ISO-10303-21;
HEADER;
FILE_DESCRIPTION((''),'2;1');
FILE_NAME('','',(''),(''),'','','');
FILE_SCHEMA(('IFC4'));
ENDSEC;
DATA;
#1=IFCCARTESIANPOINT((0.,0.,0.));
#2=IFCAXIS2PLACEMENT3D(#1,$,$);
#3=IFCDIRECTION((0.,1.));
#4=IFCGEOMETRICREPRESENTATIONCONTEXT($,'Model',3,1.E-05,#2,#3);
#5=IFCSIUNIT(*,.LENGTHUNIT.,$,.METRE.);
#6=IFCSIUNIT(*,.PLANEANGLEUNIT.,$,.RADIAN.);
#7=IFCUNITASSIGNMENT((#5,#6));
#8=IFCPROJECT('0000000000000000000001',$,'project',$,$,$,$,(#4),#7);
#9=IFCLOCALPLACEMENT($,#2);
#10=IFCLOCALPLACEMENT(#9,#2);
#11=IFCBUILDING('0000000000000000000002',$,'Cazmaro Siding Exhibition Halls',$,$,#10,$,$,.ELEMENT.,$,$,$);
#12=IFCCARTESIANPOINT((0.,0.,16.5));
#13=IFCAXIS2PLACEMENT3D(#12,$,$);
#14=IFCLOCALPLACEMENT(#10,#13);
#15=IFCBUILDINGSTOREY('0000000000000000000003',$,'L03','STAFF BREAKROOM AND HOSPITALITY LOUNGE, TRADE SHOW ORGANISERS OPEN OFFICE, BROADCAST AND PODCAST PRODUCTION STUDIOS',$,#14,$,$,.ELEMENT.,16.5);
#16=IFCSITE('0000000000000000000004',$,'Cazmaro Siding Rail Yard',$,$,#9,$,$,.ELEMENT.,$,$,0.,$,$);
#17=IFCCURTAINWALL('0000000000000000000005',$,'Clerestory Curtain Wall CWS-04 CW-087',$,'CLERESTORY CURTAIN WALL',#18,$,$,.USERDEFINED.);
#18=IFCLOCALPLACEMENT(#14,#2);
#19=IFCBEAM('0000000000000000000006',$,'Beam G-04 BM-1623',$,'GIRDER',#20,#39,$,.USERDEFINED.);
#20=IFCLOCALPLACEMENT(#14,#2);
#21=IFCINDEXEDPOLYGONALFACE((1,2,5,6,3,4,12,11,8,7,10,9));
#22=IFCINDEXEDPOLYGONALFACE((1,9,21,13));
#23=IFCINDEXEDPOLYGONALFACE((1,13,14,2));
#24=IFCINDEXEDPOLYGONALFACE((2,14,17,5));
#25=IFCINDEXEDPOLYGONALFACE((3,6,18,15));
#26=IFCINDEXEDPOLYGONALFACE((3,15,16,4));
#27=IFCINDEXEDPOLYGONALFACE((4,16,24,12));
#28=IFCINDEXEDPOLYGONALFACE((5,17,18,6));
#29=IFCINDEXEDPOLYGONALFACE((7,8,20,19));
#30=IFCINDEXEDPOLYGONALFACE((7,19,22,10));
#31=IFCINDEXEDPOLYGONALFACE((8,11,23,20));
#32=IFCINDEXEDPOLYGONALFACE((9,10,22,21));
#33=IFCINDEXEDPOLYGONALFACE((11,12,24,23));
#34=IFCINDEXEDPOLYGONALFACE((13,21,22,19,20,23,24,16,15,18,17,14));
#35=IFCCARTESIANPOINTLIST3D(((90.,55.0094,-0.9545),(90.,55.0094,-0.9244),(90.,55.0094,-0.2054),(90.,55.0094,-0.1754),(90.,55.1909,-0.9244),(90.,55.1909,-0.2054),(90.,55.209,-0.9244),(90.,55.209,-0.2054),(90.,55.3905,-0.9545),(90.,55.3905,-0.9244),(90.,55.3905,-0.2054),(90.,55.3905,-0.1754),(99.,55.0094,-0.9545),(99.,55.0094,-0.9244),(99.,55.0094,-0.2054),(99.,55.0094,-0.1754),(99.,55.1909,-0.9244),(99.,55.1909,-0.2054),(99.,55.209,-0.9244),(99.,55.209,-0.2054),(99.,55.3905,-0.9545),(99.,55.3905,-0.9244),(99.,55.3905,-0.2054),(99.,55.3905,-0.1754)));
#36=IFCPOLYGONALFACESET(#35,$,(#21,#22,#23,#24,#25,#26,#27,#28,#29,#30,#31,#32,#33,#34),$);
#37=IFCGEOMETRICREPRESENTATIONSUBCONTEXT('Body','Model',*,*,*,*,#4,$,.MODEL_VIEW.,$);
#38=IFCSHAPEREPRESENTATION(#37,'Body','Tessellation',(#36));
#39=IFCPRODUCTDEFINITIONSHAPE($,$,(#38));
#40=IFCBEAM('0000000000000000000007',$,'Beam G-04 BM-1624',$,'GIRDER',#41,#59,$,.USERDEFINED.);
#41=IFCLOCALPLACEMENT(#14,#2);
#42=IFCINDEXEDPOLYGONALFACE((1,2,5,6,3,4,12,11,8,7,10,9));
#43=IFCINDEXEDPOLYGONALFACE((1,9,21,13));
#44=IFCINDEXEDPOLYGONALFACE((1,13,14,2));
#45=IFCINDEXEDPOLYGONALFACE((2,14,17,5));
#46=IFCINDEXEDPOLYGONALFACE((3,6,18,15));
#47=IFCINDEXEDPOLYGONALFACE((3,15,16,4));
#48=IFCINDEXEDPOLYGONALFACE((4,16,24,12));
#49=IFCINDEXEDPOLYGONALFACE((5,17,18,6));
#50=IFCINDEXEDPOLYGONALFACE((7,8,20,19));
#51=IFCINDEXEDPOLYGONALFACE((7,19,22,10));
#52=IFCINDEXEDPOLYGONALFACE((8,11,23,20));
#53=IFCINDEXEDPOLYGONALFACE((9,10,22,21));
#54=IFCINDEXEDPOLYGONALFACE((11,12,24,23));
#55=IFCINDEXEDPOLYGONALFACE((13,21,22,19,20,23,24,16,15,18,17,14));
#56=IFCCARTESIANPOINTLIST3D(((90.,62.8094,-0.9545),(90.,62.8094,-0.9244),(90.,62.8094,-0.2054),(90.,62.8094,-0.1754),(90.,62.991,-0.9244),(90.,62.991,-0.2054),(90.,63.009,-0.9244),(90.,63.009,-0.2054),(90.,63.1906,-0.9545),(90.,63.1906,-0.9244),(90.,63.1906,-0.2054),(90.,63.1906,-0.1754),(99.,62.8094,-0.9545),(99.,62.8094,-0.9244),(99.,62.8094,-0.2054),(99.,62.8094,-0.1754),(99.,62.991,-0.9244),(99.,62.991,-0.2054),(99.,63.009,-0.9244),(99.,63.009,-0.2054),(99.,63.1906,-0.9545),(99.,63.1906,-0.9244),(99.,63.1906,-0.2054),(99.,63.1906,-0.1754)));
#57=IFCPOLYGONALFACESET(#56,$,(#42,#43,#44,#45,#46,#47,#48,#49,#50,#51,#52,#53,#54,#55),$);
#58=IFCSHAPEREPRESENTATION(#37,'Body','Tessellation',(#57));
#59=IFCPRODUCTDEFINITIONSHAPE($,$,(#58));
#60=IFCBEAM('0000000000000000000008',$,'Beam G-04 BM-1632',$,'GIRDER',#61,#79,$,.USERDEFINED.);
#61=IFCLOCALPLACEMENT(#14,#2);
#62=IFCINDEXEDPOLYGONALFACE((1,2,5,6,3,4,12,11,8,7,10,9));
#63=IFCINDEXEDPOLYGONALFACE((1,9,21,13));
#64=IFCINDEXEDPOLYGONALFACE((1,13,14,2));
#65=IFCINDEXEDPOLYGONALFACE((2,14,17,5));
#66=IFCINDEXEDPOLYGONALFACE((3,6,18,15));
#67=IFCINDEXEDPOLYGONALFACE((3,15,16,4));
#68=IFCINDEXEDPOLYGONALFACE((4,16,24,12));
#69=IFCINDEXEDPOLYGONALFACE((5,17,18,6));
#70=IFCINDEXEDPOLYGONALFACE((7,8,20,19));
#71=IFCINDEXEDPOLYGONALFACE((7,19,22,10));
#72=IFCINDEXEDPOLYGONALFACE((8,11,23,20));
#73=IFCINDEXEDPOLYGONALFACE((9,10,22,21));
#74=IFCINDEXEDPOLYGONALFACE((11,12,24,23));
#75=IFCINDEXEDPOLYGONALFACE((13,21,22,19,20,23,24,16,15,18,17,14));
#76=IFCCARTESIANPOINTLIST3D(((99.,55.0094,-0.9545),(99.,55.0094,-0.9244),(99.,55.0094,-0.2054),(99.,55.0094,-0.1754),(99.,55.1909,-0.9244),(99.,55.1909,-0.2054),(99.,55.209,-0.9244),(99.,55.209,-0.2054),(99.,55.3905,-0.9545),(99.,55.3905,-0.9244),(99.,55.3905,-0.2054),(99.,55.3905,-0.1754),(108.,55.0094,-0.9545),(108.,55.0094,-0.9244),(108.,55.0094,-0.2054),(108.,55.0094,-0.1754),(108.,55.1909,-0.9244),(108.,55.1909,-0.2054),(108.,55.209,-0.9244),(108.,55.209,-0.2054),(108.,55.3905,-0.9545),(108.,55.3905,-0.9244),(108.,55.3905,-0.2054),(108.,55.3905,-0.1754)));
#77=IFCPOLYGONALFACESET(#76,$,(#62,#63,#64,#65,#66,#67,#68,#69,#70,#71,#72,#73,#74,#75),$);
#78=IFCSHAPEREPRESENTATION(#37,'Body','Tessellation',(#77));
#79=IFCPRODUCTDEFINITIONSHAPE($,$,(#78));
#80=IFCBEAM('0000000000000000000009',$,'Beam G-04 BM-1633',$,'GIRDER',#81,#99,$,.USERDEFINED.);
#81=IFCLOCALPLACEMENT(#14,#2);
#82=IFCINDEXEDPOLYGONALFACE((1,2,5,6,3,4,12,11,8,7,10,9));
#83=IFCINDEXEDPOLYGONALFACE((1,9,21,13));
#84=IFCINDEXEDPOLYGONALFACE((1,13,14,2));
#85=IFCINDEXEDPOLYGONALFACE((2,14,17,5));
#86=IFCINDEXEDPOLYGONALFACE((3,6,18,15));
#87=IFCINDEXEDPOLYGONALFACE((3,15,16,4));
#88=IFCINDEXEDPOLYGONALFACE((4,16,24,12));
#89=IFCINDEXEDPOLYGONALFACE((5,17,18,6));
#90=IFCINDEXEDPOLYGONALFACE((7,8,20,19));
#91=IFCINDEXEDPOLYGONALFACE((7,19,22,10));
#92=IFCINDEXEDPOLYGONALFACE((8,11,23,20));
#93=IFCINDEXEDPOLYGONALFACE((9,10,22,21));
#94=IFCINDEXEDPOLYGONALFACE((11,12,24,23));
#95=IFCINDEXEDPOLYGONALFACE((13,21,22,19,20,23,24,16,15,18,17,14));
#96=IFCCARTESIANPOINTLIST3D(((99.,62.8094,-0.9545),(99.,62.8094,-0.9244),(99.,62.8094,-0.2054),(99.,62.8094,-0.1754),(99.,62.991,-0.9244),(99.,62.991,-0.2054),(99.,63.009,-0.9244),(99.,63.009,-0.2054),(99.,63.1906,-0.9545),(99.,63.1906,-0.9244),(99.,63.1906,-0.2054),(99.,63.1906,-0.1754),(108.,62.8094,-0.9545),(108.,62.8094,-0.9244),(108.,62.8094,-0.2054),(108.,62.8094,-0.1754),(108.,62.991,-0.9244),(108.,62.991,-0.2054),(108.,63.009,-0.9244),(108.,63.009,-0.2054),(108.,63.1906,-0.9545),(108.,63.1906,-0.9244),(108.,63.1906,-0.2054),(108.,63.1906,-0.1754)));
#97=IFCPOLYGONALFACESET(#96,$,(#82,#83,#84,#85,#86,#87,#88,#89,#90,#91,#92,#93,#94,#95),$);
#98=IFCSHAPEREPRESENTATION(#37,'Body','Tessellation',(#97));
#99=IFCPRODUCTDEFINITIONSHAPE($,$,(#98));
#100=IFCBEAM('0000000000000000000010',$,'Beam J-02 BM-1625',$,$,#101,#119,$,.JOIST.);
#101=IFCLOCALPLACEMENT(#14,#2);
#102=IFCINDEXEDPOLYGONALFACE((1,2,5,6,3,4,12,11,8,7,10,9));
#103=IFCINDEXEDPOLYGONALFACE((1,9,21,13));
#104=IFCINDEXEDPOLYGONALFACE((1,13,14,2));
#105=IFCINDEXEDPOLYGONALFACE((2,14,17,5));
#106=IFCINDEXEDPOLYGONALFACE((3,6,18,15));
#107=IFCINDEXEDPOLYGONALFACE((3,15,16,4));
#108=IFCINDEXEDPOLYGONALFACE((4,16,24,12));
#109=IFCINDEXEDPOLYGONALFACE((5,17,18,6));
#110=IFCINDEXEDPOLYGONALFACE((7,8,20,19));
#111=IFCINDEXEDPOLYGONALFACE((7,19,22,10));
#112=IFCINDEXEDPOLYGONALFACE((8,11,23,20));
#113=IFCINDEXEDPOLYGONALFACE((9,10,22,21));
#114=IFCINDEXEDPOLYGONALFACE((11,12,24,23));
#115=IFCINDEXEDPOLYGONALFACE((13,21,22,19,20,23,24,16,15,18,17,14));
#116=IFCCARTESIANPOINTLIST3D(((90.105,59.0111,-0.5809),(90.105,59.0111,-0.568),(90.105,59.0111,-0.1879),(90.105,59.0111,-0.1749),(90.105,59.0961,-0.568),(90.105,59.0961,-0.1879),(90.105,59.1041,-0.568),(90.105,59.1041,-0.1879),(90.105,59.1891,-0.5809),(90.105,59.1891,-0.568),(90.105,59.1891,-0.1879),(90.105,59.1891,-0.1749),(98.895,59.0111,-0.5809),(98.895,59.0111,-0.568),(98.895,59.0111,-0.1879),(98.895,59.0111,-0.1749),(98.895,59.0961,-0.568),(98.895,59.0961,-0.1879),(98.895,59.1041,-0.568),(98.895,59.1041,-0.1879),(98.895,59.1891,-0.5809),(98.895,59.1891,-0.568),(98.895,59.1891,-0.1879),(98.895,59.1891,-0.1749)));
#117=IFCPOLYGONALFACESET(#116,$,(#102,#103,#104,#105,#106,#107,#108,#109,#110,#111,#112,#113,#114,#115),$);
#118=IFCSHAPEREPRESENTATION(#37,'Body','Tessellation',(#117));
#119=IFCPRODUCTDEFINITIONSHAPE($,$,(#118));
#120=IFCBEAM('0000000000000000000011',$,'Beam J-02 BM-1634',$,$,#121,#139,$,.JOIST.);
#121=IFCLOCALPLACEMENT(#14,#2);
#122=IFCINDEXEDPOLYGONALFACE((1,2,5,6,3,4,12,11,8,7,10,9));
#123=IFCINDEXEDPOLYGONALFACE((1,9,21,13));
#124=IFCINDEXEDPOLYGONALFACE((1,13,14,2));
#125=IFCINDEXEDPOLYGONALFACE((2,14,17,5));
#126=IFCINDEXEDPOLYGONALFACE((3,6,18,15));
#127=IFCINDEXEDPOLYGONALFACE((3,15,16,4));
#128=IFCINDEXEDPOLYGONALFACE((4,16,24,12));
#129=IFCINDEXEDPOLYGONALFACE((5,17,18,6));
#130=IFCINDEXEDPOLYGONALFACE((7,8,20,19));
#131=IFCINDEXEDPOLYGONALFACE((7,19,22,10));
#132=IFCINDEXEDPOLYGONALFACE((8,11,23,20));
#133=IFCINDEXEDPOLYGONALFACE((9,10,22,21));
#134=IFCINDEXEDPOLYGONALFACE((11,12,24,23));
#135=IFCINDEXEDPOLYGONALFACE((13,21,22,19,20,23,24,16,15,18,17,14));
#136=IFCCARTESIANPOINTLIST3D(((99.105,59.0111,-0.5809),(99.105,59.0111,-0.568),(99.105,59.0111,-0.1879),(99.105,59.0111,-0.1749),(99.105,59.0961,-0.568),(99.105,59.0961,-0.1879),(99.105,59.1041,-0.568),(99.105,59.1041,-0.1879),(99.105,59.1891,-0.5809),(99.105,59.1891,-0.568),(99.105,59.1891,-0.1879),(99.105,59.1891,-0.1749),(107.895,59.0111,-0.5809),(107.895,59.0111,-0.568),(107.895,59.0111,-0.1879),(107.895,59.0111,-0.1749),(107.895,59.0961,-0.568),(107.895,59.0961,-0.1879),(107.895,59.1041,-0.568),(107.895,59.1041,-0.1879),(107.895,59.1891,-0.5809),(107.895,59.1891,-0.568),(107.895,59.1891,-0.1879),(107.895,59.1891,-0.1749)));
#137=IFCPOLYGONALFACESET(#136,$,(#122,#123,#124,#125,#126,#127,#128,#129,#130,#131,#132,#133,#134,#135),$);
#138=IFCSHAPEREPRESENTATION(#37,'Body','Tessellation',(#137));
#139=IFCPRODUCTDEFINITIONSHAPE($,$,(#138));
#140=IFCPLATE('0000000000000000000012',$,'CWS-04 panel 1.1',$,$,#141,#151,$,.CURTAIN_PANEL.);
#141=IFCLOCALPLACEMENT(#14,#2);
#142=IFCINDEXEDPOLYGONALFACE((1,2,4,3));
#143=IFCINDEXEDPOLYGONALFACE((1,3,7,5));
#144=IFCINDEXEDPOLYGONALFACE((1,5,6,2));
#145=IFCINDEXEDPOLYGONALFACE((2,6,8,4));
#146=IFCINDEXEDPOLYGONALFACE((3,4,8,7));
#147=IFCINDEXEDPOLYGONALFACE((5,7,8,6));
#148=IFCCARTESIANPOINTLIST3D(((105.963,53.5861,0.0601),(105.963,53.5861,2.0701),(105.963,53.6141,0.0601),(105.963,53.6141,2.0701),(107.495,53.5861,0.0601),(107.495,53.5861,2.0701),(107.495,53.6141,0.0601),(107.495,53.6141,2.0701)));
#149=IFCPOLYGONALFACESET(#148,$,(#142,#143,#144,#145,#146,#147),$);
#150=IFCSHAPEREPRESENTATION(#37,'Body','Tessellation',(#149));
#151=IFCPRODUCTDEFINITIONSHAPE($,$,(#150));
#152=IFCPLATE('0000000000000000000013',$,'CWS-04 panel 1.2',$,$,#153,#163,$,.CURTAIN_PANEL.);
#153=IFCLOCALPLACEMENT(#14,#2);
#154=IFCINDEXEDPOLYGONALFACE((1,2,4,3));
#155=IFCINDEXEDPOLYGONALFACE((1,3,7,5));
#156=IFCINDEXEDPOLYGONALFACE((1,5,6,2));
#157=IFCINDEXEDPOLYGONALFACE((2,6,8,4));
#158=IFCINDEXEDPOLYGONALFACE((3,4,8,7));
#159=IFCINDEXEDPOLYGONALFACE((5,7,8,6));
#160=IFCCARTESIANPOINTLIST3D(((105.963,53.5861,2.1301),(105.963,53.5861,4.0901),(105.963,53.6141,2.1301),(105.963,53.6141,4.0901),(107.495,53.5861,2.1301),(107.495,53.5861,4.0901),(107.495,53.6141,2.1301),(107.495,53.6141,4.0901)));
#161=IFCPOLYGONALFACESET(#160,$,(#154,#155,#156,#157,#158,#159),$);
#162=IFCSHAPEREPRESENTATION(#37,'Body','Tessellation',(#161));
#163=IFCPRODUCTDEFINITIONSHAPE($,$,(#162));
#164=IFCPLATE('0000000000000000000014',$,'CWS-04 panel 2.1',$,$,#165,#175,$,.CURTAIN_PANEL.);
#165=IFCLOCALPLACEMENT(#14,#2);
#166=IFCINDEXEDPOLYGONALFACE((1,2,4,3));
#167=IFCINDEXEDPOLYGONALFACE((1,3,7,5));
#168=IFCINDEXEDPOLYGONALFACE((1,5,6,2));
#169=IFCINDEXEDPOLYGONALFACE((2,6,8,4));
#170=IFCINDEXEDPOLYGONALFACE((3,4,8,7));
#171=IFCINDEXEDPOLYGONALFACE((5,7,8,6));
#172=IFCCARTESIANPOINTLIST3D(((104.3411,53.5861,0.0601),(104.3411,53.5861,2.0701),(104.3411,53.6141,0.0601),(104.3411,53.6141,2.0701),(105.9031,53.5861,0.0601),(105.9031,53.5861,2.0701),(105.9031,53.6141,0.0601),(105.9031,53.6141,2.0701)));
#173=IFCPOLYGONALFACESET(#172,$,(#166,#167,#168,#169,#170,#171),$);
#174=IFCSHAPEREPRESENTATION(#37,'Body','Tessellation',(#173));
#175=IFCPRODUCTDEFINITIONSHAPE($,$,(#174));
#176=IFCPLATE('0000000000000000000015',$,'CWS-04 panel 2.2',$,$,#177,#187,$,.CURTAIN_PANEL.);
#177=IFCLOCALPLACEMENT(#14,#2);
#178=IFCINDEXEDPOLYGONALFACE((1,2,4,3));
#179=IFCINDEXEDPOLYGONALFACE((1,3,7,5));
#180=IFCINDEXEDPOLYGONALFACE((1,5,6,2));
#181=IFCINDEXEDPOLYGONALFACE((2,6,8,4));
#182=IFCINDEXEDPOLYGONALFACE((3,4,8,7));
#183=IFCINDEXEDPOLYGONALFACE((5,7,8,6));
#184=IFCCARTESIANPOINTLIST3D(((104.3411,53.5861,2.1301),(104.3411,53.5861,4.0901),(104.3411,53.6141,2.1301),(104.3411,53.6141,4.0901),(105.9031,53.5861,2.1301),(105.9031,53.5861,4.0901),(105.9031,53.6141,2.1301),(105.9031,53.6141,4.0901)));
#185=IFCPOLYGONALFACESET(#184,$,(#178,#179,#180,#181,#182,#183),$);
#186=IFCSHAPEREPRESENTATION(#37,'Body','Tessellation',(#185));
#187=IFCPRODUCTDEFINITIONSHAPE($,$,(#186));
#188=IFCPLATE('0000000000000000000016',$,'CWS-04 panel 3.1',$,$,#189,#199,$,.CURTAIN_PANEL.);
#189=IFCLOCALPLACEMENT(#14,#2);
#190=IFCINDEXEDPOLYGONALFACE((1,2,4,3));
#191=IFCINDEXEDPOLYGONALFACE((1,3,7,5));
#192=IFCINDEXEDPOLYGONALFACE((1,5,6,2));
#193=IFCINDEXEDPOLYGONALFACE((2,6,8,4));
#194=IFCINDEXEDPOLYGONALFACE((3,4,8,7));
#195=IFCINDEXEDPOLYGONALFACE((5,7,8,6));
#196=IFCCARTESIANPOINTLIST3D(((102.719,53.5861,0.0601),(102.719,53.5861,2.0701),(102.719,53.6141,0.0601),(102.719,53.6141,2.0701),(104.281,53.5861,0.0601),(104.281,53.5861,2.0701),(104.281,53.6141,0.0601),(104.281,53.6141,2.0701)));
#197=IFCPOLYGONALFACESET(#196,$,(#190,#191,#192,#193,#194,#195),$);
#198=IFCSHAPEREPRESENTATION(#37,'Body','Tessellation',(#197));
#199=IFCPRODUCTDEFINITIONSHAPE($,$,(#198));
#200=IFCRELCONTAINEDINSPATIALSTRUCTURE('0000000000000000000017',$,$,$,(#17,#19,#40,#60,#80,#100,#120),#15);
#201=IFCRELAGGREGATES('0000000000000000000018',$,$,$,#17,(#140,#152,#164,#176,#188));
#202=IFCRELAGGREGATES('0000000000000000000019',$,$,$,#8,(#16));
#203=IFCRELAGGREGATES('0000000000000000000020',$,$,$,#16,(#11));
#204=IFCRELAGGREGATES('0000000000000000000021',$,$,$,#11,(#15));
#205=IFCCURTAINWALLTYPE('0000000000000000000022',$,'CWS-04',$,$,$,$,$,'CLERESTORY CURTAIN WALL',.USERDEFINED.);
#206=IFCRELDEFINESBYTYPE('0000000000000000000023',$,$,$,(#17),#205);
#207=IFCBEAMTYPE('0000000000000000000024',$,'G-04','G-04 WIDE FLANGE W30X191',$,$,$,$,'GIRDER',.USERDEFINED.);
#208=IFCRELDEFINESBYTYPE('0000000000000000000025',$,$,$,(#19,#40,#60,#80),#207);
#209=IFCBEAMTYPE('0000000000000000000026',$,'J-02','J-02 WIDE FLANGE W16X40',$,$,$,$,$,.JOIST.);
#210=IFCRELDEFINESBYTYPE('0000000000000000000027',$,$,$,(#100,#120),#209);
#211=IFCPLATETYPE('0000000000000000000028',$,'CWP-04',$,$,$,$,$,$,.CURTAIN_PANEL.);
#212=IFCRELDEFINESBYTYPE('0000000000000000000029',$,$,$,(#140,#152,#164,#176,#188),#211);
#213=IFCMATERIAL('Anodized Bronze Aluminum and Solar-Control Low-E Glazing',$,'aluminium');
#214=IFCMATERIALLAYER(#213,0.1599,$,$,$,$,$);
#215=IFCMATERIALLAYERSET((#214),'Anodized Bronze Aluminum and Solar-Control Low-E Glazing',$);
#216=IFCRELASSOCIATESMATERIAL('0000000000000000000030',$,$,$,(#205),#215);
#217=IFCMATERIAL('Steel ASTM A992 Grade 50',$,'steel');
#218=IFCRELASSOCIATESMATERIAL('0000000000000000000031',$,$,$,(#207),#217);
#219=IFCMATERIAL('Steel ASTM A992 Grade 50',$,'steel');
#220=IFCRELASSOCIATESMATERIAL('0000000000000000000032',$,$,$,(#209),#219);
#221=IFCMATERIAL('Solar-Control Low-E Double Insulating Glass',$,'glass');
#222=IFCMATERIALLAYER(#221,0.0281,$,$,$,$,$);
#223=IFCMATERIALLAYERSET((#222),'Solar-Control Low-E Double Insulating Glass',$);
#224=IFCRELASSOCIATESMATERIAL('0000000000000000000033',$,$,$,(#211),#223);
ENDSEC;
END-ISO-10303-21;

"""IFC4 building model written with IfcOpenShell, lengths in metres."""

from ifc_helpers import new_model, si_unit, direction, frame, origin, origin_2d, place, context, subcontext, project, spatial, rectangle, i_section, extrude, material, layer, layer_set, material_profile, profile_set, type_object, element, aggregate, save


model = new_model("IFC4")

# Units and contexts
model_context = context("Model", 3, precision=1e-05, world=origin(), true_north=direction((0.0, 1.0)))
body_context = subcontext(model_context, "Body", "Model", "MODEL_VIEW")
ifc_project = project(units=[si_unit("LENGTHUNIT", "METRE"), si_unit("PLANEANGLEUNIT", "RADIAN")], contexts=[model_context])

# Site, building, storey
site_placement = place(None, origin())
site = spatial("IfcSite", under=ifc_project, at=site_placement, Name="Cazmaro Siding Rail Yard", CompositionType="ELEMENT", RefElevation=0.0)
building_placement = place(site_placement, origin())
building = spatial("IfcBuilding", under=site, at=building_placement, Name="Cazmaro Siding Exhibition Halls", CompositionType="ELEMENT")
storey_placement = place(building_placement, frame((0.0, 0.0, 16.5)))
storey = spatial("IfcBuildingStorey", under=building, at=storey_placement, Name="L03", Description="STAFF BREAKROOM AND HOSPITALITY LOUNGE, TRADE SHOW ORGANISERS OPEN OFFICE, BROADCAST AND PODCAST PRODUCTION STUDIOS", CompositionType="ELEMENT", Elevation=16.5)

# Curtain wall
ifc_material_1 = material(Name="Anodized Bronze Aluminum and Solar-Control Low-E Glazing", Category="aluminium")
ifc_layer_1 = layer(ifc_material_1, 0.1599)
ifc_layer_set_1 = layer_set([ifc_layer_1], Name="Anodized Bronze Aluminum and Solar-Control Low-E Glazing")
curtain_wall_type = type_object("IfcCurtainWallType", Name="CWS-04", ElementType="CLERESTORY CURTAIN WALL", PredefinedType="USERDEFINED", material=ifc_layer_set_1)
curtain_wall_placement = place(storey_placement, origin())
curtain_wall = element("IfcCurtainWall", 1, at=curtain_wall_placement, inside=storey, type_object=curtain_wall_type, Name="Clerestory Curtain Wall CWS-04 CW-087", ObjectType="CLERESTORY CURTAIN WALL", PredefinedType="USERDEFINED")

# Beams
ifc_material_2 = material(Name="Steel ASTM A992 Grade 50", Category="steel")
ifc_material_profile_1 = material_profile(ifc_material_2, i_section(OverallWidth=0.3811, OverallDepth=0.7791, WebThickness=0.0181, FlangeThickness=0.03, at=origin_2d()), Name="W30X191")
ifc_profile_set_1 = profile_set([ifc_material_profile_1], Name="Steel ASTM A992 Grade 50")
beam_type_1 = type_object("IfcBeamType", Name="G-04", Description="G-04 WIDE FLANGE W30X191", ElementType="GIRDER", PredefinedType="USERDEFINED", material=ifc_profile_set_1)
for number, where, z_axis, x_axis, name in (
    (2, (90.0, 55.2, -0.5649), (1.0, 0.0, 0.0), (0.0, 1.0, 0.0), "Beam G-04 BM-1623"),
    (3, (90.0, 63.0, -0.5649), (1.0, 0.0, 0.0), (0.0, 1.0, 0.0), "Beam G-04 BM-1624"),
    (4, (99.0, 55.2, -0.5649), (1.0, 0.0, 0.0), (0.0, 1.0, 0.0), "Beam G-04 BM-1632"),
    (5, (99.0, 63.0, -0.5649), (1.0, 0.0, 0.0), (0.0, 1.0, 0.0), "Beam G-04 BM-1633"),
):
    element("IfcBeam", number, at=place(storey_placement, frame(where, z_axis=z_axis, x_axis=x_axis)), inside=storey, type_object=beam_type_1, Name=name, ObjectType="GIRDER", PredefinedType="USERDEFINED", context=body_context, shape_type="SweptSolid", body=[
        extrude(i_section(OverallWidth=0.3811, OverallDepth=0.7791, WebThickness=0.0181, FlangeThickness=0.03, at=origin_2d()), origin(), (0.0, 0.0, 1.0), 9.0),
    ])
ifc_material_3 = material(Name="Steel ASTM A992 Grade 50", Category="steel")
ifc_material_profile_2 = material_profile(ifc_material_3, i_section(OverallWidth=0.178, OverallDepth=0.406, WebThickness=0.0081, FlangeThickness=0.0129, at=origin_2d()), Name="W16X40")
ifc_profile_set_2 = profile_set([ifc_material_profile_2], Name="Steel ASTM A992 Grade 50")
beam_type_2 = type_object("IfcBeamType", Name="J-02", Description="J-02 WIDE FLANGE W16X40", PredefinedType="JOIST", material=ifc_profile_set_2)
for number, where, z_axis, x_axis, name in (
    (6, (90.105, 59.1001, -0.3779), (1.0, 0.0, 0.0), (0.0, 1.0, 0.0), "Beam J-02 BM-1625"),
    (7, (99.105, 59.1001, -0.3779), (1.0, 0.0, 0.0), (0.0, 1.0, 0.0), "Beam J-02 BM-1634"),
):
    element("IfcBeam", number, at=place(storey_placement, frame(where, z_axis=z_axis, x_axis=x_axis)), inside=storey, type_object=beam_type_2, Name=name, PredefinedType="JOIST", context=body_context, shape_type="SweptSolid", body=[
        extrude(i_section(OverallWidth=0.178, OverallDepth=0.406, WebThickness=0.0081, FlangeThickness=0.0129, at=origin_2d()), origin(), (0.0, 0.0, 1.0), 8.79),
    ])

# Plates
ifc_material_4 = material(Name="Solar-Control Low-E Double Insulating Glass", Category="glass")
ifc_layer_2 = layer(ifc_material_4, 0.0281)
ifc_layer_set_2 = layer_set([ifc_layer_2], Name="Solar-Control Low-E Double Insulating Glass")
plate_type = type_object("IfcPlateType", Name="CWP-04", PredefinedType="CURTAIN_PANEL", material=ifc_layer_set_2)
plate_1_placement = place(storey_placement, frame((106.729, 53.6001, 0.0601), z_axis=(0.0, 0.0, 1.0), x_axis=(-1.0, 0.0, 0.0)))
plate_1 = element("IfcPlate", 8, at=plate_1_placement, type_object=plate_type, Name="CWS-04 panel 1.1", PredefinedType="CURTAIN_PANEL", context=body_context, shape_type="SweptSolid", body=[
    extrude(rectangle(XDim=1.532, YDim=0.0281, at=origin_2d()), origin(), (0.0, 0.0, 1.0), 2.01),
])
plate_2_placement = place(storey_placement, frame((106.729, 53.6001, 2.1301), z_axis=(0.0, 0.0, 1.0), x_axis=(-1.0, 0.0, 0.0)))
plate_2 = element("IfcPlate", 9, at=plate_2_placement, type_object=plate_type, Name="CWS-04 panel 1.2", PredefinedType="CURTAIN_PANEL", context=body_context, shape_type="SweptSolid", body=[
    extrude(rectangle(XDim=1.532, YDim=0.0281, at=origin_2d()), origin(), (0.0, 0.0, 1.0), 1.96),
])
plate_3_placement = place(storey_placement, frame((105.1221, 53.6001, 0.0601), z_axis=(0.0, 0.0, 1.0), x_axis=(-1.0, 0.0, 0.0)))
plate_3 = element("IfcPlate", 10, at=plate_3_placement, type_object=plate_type, Name="CWS-04 panel 2.1", PredefinedType="CURTAIN_PANEL", context=body_context, shape_type="SweptSolid", body=[
    extrude(rectangle(XDim=1.562, YDim=0.0281, at=origin_2d()), origin(), (0.0, 0.0, 1.0), 2.01),
])
plate_4_placement = place(storey_placement, frame((105.1221, 53.6001, 2.1301), z_axis=(0.0, 0.0, 1.0), x_axis=(-1.0, 0.0, 0.0)))
plate_4 = element("IfcPlate", 11, at=plate_4_placement, type_object=plate_type, Name="CWS-04 panel 2.2", PredefinedType="CURTAIN_PANEL", context=body_context, shape_type="SweptSolid", body=[
    extrude(rectangle(XDim=1.562, YDim=0.0281, at=origin_2d()), origin(), (0.0, 0.0, 1.0), 1.96),
])
plate_5_placement = place(storey_placement, frame((103.5, 53.6001, 0.0601), z_axis=(0.0, 0.0, 1.0), x_axis=(-1.0, 0.0, 0.0)))
plate_5 = element("IfcPlate", 12, at=plate_5_placement, type_object=plate_type, Name="CWS-04 panel 3.1", PredefinedType="CURTAIN_PANEL", context=body_context, shape_type="SweptSolid", body=[
    extrude(rectangle(XDim=1.562, YDim=0.0281, at=origin_2d()), origin(), (0.0, 0.0, 1.0), 2.01),
])
aggregate(curtain_wall, [plate_1, plate_2, plate_3, plate_4, plate_5])

save(model, "model.ifc")
